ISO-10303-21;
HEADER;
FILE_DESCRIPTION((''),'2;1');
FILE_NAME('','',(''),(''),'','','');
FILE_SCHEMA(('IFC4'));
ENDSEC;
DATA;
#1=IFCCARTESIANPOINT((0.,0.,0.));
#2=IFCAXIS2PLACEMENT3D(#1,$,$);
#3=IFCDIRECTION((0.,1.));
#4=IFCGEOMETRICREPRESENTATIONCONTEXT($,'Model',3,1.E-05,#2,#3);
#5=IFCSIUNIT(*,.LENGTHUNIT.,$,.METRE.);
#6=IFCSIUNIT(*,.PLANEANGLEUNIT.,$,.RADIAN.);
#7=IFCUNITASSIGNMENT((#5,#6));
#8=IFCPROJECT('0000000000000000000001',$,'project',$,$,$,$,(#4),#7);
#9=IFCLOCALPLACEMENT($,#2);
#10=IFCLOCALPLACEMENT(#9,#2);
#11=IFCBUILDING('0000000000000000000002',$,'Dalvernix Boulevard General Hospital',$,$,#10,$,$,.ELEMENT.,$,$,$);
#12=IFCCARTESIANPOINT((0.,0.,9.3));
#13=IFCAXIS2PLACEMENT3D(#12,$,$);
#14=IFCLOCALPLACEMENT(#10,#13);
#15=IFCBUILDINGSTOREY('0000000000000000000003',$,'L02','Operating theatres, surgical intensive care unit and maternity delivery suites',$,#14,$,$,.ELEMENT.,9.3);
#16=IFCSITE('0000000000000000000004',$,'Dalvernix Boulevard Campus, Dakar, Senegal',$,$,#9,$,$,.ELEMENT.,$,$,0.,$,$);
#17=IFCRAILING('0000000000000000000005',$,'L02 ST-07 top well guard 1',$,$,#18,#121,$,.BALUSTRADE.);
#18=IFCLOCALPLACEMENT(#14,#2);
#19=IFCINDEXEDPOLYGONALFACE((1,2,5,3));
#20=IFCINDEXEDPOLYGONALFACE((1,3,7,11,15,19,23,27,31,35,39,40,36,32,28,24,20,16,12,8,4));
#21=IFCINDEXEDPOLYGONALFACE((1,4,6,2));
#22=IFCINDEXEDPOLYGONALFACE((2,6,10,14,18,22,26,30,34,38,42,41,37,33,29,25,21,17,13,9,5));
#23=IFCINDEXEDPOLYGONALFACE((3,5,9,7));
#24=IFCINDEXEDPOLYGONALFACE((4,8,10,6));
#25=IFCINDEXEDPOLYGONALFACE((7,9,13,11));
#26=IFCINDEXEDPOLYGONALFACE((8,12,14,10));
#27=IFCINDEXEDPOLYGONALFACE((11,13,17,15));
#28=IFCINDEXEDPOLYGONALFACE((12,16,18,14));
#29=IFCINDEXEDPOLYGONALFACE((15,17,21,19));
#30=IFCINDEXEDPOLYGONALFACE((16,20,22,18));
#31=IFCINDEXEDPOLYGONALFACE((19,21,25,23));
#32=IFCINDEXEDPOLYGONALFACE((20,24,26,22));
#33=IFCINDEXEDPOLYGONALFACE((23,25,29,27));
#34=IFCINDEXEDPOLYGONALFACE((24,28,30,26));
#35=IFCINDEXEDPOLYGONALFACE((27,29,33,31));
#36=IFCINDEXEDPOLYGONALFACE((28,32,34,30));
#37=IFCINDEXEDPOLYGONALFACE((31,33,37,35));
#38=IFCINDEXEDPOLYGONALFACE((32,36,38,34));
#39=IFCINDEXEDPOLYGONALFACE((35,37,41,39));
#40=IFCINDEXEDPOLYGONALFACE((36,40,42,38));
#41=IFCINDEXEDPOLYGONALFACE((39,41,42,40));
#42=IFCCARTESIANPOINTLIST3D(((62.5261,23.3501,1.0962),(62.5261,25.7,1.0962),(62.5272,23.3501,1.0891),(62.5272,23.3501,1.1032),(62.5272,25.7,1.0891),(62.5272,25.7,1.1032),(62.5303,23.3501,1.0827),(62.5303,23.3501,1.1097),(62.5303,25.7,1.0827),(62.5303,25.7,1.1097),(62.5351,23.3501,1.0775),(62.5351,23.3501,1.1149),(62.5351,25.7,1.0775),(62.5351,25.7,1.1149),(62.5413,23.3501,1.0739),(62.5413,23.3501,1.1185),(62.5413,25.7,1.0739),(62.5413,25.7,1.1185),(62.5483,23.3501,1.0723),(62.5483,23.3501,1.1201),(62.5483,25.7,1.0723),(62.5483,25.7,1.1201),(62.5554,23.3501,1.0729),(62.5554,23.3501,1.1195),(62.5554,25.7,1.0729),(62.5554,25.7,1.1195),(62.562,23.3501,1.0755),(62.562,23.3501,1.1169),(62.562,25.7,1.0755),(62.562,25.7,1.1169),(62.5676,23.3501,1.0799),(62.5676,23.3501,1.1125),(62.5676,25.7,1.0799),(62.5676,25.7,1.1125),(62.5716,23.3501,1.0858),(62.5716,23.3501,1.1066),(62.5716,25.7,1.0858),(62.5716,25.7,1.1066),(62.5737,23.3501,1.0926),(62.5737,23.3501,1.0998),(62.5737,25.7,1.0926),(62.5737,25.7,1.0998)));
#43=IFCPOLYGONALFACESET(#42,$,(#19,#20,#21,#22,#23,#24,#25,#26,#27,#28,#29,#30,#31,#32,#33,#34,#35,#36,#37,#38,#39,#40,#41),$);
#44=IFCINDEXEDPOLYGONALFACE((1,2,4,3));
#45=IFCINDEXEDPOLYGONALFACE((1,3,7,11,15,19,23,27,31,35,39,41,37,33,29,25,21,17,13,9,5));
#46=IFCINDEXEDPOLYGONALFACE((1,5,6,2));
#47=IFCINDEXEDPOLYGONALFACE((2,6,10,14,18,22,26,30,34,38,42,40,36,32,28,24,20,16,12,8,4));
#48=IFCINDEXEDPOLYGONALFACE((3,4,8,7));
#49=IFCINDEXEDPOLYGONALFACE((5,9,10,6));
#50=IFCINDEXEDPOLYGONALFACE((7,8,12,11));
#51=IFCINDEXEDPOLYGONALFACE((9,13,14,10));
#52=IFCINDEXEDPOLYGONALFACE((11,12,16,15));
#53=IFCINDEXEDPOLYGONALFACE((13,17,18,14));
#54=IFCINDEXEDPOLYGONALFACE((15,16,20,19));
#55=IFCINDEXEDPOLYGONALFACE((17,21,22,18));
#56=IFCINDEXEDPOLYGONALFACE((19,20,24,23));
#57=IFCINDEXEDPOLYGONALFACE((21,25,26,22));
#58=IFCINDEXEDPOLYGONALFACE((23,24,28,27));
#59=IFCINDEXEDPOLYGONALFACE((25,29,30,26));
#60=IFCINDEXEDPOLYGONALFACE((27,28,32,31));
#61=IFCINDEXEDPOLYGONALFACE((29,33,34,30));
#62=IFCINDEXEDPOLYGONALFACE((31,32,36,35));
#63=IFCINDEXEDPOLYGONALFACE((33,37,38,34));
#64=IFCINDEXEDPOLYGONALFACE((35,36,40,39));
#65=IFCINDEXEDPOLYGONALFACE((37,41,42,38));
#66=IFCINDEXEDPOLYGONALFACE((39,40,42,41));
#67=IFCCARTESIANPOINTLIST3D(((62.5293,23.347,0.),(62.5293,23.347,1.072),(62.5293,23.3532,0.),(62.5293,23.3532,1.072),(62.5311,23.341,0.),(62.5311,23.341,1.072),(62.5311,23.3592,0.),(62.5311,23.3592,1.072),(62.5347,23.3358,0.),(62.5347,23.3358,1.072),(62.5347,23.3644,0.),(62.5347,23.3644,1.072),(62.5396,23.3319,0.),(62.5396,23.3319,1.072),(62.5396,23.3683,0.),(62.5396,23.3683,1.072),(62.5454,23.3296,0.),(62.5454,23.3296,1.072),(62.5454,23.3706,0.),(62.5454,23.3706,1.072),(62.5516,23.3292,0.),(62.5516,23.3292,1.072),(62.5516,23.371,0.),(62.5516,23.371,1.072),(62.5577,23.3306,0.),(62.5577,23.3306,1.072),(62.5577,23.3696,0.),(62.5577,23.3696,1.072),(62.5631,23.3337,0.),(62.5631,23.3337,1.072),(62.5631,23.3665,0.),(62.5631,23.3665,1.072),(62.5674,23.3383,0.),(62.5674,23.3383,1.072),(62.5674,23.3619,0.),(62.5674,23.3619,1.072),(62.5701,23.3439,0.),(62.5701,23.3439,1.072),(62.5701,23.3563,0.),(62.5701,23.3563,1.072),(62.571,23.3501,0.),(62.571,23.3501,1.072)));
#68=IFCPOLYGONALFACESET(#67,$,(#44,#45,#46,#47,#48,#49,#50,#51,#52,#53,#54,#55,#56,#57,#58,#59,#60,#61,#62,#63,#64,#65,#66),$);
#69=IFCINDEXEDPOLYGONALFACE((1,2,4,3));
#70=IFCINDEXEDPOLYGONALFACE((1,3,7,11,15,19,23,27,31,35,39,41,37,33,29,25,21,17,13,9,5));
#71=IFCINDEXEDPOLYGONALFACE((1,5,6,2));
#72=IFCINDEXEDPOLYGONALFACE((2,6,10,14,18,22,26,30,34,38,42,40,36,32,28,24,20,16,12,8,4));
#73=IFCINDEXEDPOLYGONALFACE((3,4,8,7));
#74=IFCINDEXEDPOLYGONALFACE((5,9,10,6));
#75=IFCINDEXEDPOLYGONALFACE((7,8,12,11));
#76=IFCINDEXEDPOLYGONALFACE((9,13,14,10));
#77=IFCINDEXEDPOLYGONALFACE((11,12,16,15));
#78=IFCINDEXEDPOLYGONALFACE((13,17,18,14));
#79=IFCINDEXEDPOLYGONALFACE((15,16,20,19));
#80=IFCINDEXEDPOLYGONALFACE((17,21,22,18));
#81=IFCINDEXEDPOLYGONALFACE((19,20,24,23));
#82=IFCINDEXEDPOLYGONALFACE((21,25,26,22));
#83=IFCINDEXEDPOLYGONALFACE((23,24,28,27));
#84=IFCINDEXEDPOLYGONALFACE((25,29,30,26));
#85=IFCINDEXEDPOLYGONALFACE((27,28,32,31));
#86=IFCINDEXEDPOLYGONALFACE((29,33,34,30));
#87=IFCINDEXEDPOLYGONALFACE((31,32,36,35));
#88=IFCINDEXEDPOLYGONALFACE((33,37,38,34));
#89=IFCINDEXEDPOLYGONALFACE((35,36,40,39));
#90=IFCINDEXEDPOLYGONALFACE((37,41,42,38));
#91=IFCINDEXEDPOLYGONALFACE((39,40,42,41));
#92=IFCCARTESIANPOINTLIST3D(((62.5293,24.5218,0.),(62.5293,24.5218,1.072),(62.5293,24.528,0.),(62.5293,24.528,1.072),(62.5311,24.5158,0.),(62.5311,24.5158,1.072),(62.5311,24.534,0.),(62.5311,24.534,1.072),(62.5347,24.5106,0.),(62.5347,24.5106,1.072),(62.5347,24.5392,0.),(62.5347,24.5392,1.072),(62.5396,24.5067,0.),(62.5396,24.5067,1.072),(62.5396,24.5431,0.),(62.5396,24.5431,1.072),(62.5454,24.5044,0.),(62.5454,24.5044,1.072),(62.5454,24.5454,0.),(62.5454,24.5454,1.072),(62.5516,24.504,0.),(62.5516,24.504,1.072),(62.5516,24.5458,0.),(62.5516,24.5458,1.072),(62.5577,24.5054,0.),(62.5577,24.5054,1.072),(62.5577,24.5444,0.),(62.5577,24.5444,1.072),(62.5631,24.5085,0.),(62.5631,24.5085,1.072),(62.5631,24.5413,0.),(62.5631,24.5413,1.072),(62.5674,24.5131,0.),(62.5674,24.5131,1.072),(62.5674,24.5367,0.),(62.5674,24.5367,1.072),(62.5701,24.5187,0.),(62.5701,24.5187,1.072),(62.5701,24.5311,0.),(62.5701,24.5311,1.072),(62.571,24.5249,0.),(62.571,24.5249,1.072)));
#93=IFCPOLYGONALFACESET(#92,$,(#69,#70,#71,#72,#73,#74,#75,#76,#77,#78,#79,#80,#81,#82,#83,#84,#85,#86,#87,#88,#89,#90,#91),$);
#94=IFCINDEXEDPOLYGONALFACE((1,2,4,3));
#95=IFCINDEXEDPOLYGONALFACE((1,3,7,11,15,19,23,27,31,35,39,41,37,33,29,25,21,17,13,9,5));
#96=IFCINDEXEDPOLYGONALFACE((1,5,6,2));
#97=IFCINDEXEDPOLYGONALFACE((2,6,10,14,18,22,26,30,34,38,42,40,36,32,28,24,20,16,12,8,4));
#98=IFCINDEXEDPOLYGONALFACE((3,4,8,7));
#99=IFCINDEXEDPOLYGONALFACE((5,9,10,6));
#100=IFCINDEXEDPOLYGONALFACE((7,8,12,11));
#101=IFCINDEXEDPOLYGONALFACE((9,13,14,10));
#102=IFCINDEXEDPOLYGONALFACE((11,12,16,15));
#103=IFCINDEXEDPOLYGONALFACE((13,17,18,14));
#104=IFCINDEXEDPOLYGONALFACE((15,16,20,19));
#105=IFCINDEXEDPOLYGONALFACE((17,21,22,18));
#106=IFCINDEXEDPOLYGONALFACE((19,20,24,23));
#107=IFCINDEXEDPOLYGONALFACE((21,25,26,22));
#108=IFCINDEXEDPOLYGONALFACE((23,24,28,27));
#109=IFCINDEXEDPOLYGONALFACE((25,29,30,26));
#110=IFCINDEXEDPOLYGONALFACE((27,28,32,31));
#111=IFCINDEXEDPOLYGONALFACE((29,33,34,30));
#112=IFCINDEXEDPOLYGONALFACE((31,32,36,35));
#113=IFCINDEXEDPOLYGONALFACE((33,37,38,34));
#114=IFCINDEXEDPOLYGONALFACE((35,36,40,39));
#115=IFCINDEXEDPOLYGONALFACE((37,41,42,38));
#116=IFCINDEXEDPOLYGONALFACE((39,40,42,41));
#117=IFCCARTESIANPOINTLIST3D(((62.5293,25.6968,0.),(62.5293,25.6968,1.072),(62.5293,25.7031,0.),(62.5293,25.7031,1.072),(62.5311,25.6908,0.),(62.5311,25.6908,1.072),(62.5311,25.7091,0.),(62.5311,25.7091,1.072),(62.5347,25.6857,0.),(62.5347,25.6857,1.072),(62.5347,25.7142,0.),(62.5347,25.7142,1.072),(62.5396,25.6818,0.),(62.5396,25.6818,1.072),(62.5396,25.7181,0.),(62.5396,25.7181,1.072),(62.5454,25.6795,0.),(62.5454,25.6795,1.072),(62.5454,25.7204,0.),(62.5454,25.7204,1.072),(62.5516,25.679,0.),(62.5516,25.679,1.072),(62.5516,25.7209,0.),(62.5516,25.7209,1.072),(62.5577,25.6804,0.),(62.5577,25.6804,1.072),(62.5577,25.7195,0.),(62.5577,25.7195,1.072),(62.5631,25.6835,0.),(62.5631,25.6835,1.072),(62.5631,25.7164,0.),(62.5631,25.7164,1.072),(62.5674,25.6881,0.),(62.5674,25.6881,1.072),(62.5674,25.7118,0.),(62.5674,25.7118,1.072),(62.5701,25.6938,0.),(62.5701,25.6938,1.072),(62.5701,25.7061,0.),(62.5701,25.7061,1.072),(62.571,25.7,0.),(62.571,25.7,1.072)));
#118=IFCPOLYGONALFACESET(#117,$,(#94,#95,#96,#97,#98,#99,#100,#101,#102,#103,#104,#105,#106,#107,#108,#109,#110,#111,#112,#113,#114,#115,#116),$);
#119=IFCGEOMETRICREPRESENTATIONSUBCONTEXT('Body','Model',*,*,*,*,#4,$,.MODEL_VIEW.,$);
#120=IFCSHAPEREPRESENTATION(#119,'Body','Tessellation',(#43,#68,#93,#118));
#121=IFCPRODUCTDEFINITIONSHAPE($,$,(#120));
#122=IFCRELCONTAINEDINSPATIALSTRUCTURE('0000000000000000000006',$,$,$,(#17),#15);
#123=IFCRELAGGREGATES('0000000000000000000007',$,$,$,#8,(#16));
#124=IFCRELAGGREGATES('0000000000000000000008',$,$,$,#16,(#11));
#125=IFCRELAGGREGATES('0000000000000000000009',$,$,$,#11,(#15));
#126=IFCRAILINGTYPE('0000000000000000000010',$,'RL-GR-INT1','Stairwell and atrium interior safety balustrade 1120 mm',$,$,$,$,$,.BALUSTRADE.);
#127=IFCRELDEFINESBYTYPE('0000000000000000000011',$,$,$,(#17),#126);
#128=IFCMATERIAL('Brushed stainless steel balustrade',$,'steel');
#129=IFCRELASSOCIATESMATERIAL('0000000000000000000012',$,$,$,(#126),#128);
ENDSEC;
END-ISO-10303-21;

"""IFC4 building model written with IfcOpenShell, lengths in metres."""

from ifc_helpers import new_model, si_unit, direction, frame, origin, origin_2d, place, context, subcontext, project, spatial, circle, extrude, material, type_object, element, save


model = new_model("IFC4")

# Units and contexts
model_context = context("Model", 3, precision=1e-05, world=origin(), true_north=direction((0.0, 1.0)))
body_context = subcontext(model_context, "Body", "Model", "MODEL_VIEW")
ifc_project = project(units=[si_unit("LENGTHUNIT", "METRE"), si_unit("PLANEANGLEUNIT", "RADIAN")], contexts=[model_context])

# Site, building, storey
site_placement = place(None, origin())
site = spatial("IfcSite", under=ifc_project, at=site_placement, Name="Dalvernix Boulevard Campus, Dakar, Senegal", CompositionType="ELEMENT", RefElevation=0.0)
building_placement = place(site_placement, origin())
building = spatial("IfcBuilding", under=site, at=building_placement, Name="Dalvernix Boulevard General Hospital", CompositionType="ELEMENT")
storey_placement = place(building_placement, frame((0.0, 0.0, 9.3)))
storey = spatial("IfcBuildingStorey", under=building, at=storey_placement, Name="L02", Description="Operating theatres, surgical intensive care unit and maternity delivery suites", CompositionType="ELEMENT", Elevation=9.3)

# Railing
ifc_material_1 = material(Name="Brushed stainless steel balustrade", Category="steel")
railing_type = type_object("IfcRailingType", Name="RL-GR-INT1", Description="Stairwell and atrium interior safety balustrade 1120 mm", PredefinedType="BALUSTRADE", material=ifc_material_1)
railing_1_placement = place(storey_placement, frame((62.55, 23.3501, 0.0)))
element("IfcRailing", 1, at=railing_1_placement, inside=storey, type_object=railing_type, Name="L02 ST-07 top well guard 1", PredefinedType="BALUSTRADE", context=body_context, shape_type="SweptSolid", body=[
    extrude(circle(Radius=0.0239, at=origin_2d()), frame((0.0, 0.0, 1.0962), z_axis=(0.0, 1.0, 0.0), x_axis=(-1.0, 0.0, 0.0)), (0.0, 0.0, 1.0), 2.3499),
    extrude(circle(Radius=0.021, at=origin_2d()), origin(), (0.0, 0.0, 1.0), 1.072),
    extrude(circle(Radius=0.021, at=origin_2d()), frame((0.0, 1.1748, 0.0)), (0.0, 0.0, 1.0), 1.072),
    extrude(circle(Radius=0.021, at=origin_2d()), frame((0.0, 2.3499, 0.0)), (0.0, 0.0, 1.0), 1.072),
])

save(model, "model.ifc")
